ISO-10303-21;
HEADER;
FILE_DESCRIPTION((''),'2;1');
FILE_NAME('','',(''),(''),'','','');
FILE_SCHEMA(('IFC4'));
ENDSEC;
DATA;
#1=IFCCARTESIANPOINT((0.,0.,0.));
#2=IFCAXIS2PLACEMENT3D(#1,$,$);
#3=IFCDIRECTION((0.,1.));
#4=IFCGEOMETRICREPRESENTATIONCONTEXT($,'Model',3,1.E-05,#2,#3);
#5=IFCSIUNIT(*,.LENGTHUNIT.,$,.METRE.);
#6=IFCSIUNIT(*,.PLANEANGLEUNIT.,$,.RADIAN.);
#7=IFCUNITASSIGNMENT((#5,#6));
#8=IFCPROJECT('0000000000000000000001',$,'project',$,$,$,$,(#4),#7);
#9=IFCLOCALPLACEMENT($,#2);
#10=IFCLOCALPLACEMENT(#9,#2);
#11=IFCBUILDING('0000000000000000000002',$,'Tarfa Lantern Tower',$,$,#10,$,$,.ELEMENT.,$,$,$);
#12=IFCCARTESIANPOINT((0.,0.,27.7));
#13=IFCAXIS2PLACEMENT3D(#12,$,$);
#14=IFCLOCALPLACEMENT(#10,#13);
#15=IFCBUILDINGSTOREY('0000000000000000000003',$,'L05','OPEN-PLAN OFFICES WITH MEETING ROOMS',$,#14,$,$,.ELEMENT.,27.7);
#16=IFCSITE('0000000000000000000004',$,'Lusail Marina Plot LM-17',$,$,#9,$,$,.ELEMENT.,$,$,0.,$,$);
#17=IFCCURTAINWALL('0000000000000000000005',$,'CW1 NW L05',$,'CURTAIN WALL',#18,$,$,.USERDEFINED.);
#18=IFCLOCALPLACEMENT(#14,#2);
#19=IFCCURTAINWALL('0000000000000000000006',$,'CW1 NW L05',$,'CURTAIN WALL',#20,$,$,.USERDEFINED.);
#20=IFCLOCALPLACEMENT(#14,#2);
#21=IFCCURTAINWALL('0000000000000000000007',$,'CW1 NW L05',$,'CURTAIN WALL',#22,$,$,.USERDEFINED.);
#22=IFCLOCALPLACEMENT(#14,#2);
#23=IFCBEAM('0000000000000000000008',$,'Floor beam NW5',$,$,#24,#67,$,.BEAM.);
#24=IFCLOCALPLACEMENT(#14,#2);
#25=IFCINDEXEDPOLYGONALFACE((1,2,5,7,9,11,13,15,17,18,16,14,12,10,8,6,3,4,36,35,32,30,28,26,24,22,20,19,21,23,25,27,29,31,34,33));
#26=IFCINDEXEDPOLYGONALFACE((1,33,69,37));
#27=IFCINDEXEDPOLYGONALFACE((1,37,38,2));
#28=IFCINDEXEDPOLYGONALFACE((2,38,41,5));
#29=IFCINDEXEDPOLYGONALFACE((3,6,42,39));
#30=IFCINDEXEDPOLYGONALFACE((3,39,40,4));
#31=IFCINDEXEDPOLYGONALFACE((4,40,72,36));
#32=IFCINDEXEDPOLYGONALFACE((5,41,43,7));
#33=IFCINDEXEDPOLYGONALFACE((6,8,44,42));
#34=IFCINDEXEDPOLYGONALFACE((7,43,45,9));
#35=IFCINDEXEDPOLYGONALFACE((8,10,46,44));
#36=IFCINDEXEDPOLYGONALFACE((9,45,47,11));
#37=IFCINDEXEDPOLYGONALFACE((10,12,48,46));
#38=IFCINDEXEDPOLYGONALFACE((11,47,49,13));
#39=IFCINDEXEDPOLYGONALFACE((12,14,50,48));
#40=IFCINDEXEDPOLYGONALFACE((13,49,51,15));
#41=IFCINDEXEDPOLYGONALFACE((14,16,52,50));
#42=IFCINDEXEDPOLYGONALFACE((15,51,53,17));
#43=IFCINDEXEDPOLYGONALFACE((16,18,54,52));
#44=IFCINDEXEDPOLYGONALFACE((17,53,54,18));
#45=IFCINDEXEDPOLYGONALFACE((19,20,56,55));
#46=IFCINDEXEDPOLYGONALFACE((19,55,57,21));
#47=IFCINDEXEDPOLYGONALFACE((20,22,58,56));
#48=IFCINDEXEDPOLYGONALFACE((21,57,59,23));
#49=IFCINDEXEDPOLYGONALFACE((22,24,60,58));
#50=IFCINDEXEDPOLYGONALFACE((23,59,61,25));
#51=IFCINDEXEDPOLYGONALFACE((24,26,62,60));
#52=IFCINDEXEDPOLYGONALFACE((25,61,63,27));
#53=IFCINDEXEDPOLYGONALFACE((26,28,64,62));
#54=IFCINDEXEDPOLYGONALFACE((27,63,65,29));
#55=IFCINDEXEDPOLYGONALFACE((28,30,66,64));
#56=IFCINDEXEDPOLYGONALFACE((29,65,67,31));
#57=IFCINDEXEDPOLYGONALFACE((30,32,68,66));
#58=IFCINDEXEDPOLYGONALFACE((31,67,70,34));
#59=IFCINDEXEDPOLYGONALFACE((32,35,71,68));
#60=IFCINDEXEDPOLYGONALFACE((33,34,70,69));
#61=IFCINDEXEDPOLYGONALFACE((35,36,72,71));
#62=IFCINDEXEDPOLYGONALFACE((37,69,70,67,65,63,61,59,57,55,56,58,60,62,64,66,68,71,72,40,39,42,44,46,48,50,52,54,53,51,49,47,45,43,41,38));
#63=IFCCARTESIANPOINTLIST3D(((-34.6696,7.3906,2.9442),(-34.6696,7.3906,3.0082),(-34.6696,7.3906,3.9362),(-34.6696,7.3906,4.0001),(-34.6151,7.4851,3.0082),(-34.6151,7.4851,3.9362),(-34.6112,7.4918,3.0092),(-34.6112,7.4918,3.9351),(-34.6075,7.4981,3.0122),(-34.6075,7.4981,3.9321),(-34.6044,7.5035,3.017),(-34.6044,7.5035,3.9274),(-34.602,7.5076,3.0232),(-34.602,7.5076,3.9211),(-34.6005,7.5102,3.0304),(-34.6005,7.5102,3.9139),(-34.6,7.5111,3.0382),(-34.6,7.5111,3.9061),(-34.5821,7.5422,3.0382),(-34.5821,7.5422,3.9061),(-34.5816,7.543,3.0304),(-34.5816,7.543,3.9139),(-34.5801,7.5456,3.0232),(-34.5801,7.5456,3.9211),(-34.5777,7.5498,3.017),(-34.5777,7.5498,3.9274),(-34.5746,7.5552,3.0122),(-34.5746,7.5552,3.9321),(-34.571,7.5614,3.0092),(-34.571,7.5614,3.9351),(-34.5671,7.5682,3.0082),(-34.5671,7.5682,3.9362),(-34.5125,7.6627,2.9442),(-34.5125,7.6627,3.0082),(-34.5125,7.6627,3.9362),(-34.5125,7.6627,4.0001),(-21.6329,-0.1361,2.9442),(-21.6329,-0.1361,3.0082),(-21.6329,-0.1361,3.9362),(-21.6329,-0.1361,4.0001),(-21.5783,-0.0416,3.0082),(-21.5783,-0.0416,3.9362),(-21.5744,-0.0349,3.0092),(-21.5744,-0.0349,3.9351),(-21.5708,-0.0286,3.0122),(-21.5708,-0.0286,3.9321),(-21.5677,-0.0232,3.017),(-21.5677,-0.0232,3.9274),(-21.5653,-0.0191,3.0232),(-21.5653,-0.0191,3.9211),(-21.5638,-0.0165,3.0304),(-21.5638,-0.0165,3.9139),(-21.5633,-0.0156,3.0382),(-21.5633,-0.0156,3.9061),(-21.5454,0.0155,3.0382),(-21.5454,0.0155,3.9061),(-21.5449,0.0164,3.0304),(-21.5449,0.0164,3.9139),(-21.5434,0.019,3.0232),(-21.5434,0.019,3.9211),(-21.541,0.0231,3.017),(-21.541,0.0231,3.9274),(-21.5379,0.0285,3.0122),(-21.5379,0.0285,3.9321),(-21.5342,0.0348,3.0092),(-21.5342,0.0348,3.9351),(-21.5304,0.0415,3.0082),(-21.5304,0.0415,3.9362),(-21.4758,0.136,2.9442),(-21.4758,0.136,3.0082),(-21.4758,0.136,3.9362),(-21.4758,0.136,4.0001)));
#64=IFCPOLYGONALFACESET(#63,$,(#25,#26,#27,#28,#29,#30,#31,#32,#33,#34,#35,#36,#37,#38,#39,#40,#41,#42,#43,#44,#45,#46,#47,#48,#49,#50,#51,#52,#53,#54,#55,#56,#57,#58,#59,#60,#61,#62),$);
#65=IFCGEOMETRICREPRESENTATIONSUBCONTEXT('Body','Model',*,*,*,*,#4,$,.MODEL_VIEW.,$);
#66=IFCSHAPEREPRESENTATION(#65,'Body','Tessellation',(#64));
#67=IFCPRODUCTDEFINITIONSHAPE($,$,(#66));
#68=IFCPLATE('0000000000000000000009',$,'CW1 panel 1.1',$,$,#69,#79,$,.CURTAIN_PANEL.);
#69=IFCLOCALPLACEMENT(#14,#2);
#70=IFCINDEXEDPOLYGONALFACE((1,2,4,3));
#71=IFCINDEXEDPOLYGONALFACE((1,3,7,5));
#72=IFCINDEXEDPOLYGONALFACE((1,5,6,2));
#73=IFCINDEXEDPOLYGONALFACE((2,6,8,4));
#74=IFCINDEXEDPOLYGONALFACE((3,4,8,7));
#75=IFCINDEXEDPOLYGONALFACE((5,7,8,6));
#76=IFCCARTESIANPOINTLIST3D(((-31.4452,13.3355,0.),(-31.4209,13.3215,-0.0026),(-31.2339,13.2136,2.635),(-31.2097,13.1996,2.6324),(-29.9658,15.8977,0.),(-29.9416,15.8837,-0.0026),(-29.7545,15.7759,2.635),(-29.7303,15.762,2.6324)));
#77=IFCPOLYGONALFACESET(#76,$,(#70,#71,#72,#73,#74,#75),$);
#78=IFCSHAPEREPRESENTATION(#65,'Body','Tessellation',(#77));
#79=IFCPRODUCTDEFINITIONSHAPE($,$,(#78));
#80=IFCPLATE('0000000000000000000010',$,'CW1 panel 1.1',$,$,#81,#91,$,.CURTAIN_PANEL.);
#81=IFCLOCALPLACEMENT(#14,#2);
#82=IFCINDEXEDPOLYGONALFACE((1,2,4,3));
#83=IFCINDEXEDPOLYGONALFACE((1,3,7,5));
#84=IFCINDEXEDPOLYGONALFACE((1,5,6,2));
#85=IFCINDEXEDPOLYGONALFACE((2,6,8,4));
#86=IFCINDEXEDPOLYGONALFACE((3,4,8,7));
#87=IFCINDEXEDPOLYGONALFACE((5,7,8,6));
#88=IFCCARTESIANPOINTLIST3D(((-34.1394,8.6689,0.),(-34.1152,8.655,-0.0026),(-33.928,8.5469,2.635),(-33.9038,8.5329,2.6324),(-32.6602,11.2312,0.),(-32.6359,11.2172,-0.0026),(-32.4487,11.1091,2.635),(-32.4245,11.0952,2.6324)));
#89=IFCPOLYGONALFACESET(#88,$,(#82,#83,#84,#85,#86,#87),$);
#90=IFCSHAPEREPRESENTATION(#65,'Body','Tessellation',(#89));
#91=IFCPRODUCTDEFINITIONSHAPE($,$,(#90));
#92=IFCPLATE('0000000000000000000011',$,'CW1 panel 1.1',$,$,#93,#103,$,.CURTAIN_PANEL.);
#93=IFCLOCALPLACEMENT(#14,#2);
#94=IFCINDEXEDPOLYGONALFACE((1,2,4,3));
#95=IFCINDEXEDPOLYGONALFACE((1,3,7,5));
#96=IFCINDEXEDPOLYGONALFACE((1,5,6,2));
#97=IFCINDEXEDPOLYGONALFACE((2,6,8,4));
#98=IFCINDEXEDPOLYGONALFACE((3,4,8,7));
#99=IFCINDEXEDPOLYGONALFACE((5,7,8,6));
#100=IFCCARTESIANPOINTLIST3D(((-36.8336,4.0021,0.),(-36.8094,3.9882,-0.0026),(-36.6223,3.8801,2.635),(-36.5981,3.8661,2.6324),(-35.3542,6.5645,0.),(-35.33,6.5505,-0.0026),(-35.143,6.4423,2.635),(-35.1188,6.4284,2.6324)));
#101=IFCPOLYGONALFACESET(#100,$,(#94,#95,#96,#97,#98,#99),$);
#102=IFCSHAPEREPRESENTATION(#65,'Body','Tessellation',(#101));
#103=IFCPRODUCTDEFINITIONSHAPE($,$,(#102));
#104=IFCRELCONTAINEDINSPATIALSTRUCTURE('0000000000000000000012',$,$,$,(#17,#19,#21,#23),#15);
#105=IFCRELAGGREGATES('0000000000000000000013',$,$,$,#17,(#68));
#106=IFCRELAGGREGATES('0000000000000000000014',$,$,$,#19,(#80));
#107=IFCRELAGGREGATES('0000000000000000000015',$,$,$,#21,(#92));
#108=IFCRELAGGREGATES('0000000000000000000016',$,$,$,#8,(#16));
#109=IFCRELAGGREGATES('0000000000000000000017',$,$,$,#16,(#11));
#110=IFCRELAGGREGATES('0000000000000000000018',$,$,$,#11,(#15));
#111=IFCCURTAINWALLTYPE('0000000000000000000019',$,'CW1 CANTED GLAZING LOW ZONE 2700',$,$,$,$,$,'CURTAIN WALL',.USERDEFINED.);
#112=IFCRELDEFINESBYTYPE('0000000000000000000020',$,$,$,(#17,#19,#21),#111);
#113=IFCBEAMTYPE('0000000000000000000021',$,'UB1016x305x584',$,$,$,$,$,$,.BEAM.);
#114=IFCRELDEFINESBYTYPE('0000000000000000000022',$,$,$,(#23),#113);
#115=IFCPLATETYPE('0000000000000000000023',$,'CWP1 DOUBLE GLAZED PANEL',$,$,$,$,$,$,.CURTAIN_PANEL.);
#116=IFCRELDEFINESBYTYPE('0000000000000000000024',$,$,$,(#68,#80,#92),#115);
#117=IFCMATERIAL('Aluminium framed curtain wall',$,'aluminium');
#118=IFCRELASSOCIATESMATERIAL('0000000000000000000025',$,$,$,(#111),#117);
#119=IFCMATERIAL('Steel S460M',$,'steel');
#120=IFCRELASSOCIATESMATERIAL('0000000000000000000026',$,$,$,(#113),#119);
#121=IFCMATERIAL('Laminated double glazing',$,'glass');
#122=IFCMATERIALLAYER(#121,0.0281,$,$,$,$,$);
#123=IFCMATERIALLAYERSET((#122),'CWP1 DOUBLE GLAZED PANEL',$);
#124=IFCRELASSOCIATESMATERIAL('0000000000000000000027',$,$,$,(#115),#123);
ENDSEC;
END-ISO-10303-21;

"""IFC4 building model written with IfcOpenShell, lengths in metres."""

from ifc_helpers import new_model, si_unit, direction, frame, origin, origin_2d, place, context, subcontext, project, spatial, polyline, i_section, outline, extrude, material, layer, layer_set, material_profile, profile_set, type_object, element, aggregate, save


model = new_model("IFC4")

# Units and contexts
model_context = context("Model", 3, precision=1e-05, world=origin(), true_north=direction((0.0, 1.0)))
body_context = subcontext(model_context, "Body", "Model", "MODEL_VIEW")
ifc_project = project(units=[si_unit("LENGTHUNIT", "METRE"), si_unit("PLANEANGLEUNIT", "RADIAN")], contexts=[model_context])

# Site, building, storey
site_placement = place(None, origin())
site = spatial("IfcSite", under=ifc_project, at=site_placement, Name="Lusail Marina Plot LM-17", CompositionType="ELEMENT", RefElevation=0.0)
building_placement = place(site_placement, origin())
building = spatial("IfcBuilding", under=site, at=building_placement, Name="Tarfa Lantern Tower", CompositionType="ELEMENT")
storey_placement = place(building_placement, frame((0.0, 0.0, 27.7)))
storey = spatial("IfcBuildingStorey", under=building, at=storey_placement, Name="L05", Description="OPEN-PLAN OFFICES WITH MEETING ROOMS", CompositionType="ELEMENT", Elevation=27.7)

# Curtain walls
ifc_material_1 = material(Name="Aluminium framed curtain wall", Category="aluminium")
curtain_wall_type = type_object("IfcCurtainWallType", Name="CW1 CANTED GLAZING LOW ZONE 2700", ElementType="CURTAIN WALL", PredefinedType="USERDEFINED", material=ifc_material_1)
curtain_wall_1_placement = place(storey_placement, origin())
curtain_wall_1 = element("IfcCurtainWall", 1, at=curtain_wall_1_placement, inside=storey, type_object=curtain_wall_type, Name="CW1 NW L05", ObjectType="CURTAIN WALL", PredefinedType="USERDEFINED")
curtain_wall_2_placement = place(storey_placement, origin())
curtain_wall_2 = element("IfcCurtainWall", 2, at=curtain_wall_2_placement, inside=storey, type_object=curtain_wall_type, Name="CW1 NW L05", ObjectType="CURTAIN WALL", PredefinedType="USERDEFINED")
curtain_wall_3_placement = place(storey_placement, origin())
curtain_wall_3 = element("IfcCurtainWall", 3, at=curtain_wall_3_placement, inside=storey, type_object=curtain_wall_type, Name="CW1 NW L05", ObjectType="CURTAIN WALL", PredefinedType="USERDEFINED")

# Beam
ifc_material_2 = material(Name="Steel S460M", Category="steel")
ifc_material_profile_1 = material_profile(ifc_material_2, i_section(OverallWidth=0.3142, OverallDepth=1.0559, WebThickness=0.0359, FlangeThickness=0.064, FilletRadius=0.03, at=origin_2d()), Name="UB1016x305x584")
ifc_profile_set_1 = profile_set([ifc_material_profile_1], Name="Steel S460M")
beam_type_1 = type_object("IfcBeamType", Name="UB1016x305x584", PredefinedType="BEAM", material=ifc_profile_set_1)
beam_1_placement = place(storey_placement, frame((-34.5911, 7.5266, 3.4722), z_axis=(0.866028, -0.499996, 0.0), x_axis=(0.499996, 0.866028, 0.0)))
element("IfcBeam", 4, at=beam_1_placement, inside=storey, type_object=beam_type_1, Name="Floor beam NW5", PredefinedType="BEAM", context=body_context, shape_type="SweptSolid", body=[
    extrude(i_section(OverallWidth=0.3142, OverallDepth=1.0559, WebThickness=0.0359, FlangeThickness=0.064, FilletRadius=0.03, at=origin_2d()), origin(), (0.0, 0.0, 1.0), 15.0535),
])

# Plates
ifc_material_3 = material(Name="Laminated double glazing", Category="glass")
ifc_layer = layer(ifc_material_3, 0.0281)
ifc_layer_set = layer_set([ifc_layer], Name="CWP1 DOUBLE GLAZED PANEL")
plate_type = type_object("IfcPlateType", Name="CWP1 DOUBLE GLAZED PANEL", PredefinedType="CURTAIN_PANEL", material=ifc_layer_set)
plate_1_placement = place(storey_placement, frame((-29.9658, 15.8977, 0.0), z_axis=(-0.862332, 0.497885, 0.09217), x_axis=(-0.500013, -0.866018, 0.000003)))
plate_1 = element("IfcPlate", 5, at=plate_1_placement, type_object=plate_type, Name="CW1 panel 1.1", PredefinedType="CURTAIN_PANEL", context=body_context, shape_type="SweptSolid", body=[
    extrude(outline(polyline([(0.0, 0.0), (2.9586, 0.0), (2.9585, 2.6463), (-0.0002, 2.6463), (0.0, 0.0)])), origin(), (0.0, 0.0, -1.0), 0.0281),
])
aggregate(curtain_wall_1, [plate_1])
plate_2_placement = place(storey_placement, frame((-32.6602, 11.2312, 0.0), z_axis=(-0.862342, 0.49785, 0.092255), x_axis=(-0.499982, -0.866036, 0.0)))
plate_2 = element("IfcPlate", 6, at=plate_2_placement, type_object=plate_type, Name="CW1 panel 1.1", PredefinedType="CURTAIN_PANEL", context=body_context, shape_type="SweptSolid", body=[
    extrude(outline(polyline([(0.0, 0.0), (2.9586, 0.0), (2.9586, 2.6463), (0.0, 2.6463), (0.0, 0.0)])), origin(), (0.0, 0.0, -1.0), 0.0281),
])
aggregate(curtain_wall_2, [plate_2])
plate_3_placement = place(storey_placement, frame((-35.3542, 6.5645, 0.0), z_axis=(-0.862328, 0.497882, 0.092216), x_axis=(-0.500013, -0.866018, -0.000003)))
plate_3 = element("IfcPlate", 7, at=plate_3_placement, type_object=plate_type, Name="CW1 panel 1.1", PredefinedType="CURTAIN_PANEL", context=body_context, shape_type="SweptSolid", body=[
    extrude(outline(polyline([(0.0, 0.0), (2.9587, 0.0), (2.9587, 2.6463), (0.0001, 2.6463), (0.0, 0.0)])), origin(), (0.0, 0.0, -1.0), 0.0281),
])
aggregate(curtain_wall_3, [plate_3])

save(model, "model.ifc")
